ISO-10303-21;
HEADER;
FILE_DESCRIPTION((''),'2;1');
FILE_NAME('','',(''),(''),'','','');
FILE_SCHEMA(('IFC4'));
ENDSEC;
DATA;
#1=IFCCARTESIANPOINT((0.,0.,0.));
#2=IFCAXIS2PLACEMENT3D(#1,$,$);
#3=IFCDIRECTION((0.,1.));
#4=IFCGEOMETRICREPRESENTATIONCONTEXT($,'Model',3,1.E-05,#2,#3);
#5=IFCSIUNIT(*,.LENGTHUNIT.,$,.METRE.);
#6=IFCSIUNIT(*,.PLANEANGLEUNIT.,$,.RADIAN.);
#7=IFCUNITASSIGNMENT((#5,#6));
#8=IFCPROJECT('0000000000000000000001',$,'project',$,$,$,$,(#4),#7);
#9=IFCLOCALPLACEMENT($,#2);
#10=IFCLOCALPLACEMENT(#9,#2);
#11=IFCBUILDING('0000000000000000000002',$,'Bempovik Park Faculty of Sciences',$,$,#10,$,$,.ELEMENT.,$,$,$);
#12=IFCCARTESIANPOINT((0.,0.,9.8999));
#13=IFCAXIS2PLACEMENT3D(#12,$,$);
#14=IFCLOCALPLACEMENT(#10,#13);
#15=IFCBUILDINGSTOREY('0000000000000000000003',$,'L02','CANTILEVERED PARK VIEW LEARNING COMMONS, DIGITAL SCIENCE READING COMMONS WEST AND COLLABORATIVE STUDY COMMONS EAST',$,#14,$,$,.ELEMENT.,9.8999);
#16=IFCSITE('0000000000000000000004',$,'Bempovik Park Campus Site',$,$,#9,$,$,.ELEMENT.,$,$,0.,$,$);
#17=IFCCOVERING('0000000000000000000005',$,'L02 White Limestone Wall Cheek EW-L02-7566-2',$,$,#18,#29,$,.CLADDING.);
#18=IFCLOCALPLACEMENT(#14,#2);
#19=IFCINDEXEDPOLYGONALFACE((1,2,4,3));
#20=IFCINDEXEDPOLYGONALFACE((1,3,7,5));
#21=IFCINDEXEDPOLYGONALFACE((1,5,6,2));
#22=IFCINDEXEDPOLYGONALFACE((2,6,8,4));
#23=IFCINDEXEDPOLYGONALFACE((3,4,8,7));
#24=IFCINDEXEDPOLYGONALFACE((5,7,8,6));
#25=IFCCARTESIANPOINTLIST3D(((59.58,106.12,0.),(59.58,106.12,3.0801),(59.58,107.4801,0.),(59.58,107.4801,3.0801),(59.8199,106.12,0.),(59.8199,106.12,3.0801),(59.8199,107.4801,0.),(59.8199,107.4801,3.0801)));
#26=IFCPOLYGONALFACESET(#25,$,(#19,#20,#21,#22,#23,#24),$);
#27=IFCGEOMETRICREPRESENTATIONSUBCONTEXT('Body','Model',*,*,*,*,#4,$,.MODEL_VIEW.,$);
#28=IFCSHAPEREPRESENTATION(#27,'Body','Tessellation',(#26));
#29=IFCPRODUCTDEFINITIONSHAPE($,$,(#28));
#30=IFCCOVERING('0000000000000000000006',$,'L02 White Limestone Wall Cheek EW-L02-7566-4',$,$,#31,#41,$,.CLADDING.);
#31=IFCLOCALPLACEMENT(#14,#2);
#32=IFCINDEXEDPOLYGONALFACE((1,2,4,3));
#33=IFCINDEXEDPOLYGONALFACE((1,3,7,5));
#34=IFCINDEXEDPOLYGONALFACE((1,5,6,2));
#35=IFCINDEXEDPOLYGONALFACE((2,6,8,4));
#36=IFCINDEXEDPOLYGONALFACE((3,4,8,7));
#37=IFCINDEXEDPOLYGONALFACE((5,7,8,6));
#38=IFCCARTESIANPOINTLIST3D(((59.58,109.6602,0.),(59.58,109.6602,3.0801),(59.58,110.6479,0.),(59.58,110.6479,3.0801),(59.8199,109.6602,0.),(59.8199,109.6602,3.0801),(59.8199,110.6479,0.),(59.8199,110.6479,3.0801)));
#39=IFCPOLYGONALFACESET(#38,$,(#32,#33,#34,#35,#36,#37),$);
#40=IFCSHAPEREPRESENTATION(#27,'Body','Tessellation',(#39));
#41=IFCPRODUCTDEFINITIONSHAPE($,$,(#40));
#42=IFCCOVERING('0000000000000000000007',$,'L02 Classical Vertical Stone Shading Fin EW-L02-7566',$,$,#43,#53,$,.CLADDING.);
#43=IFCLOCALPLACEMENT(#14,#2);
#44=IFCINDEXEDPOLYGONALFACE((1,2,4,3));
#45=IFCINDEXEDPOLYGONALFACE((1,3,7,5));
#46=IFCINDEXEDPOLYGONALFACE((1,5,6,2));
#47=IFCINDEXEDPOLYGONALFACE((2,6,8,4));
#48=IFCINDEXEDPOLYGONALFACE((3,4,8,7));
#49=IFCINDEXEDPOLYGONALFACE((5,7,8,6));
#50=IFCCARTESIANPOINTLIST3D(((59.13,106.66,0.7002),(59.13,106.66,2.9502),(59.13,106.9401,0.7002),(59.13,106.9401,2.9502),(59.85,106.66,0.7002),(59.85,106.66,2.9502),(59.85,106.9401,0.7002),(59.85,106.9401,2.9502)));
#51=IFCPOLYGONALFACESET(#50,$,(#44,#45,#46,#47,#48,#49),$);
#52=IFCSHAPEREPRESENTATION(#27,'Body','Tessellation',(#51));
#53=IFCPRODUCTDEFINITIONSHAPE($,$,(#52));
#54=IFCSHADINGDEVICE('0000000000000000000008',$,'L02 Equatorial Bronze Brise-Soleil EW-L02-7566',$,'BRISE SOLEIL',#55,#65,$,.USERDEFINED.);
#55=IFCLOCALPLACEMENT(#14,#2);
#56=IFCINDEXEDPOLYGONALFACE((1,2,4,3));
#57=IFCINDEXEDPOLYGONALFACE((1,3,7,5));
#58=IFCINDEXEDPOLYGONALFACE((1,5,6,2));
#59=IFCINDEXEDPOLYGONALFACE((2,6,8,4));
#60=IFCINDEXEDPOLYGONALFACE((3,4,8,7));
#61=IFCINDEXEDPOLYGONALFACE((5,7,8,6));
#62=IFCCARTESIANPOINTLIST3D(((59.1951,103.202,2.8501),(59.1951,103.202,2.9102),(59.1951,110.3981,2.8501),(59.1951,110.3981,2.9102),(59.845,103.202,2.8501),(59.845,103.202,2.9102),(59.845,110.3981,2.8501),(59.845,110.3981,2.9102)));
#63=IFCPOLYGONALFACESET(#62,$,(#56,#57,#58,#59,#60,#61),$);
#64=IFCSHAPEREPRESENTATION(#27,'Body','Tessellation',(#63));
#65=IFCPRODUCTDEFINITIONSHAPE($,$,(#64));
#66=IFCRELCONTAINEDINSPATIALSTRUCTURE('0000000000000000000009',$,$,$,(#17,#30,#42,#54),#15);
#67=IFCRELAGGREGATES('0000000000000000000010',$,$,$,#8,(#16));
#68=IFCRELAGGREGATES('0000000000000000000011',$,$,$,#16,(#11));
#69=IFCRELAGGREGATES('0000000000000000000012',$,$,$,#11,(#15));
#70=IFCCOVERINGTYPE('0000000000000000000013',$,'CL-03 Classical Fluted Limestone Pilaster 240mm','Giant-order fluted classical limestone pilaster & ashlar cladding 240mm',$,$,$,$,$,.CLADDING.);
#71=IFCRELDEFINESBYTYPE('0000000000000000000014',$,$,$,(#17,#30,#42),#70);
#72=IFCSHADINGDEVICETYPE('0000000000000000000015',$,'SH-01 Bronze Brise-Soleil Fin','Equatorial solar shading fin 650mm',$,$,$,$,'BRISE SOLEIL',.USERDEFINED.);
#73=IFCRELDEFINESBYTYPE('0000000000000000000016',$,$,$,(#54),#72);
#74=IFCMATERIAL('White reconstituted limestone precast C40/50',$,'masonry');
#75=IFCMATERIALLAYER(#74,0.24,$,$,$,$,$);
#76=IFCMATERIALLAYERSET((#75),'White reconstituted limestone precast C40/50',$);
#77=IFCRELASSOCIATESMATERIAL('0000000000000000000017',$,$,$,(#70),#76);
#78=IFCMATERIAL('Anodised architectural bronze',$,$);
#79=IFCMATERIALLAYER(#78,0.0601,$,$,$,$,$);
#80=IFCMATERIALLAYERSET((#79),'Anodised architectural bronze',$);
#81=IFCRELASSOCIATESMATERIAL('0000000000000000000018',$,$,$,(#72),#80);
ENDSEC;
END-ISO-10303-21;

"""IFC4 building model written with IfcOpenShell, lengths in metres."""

from ifc_helpers import new_model, si_unit, direction, frame, origin, origin_2d, place, context, subcontext, project, spatial, rectangle, extrude, material, layer, layer_set, type_object, element, save


model = new_model("IFC4")

# Units and contexts
model_context = context("Model", 3, precision=1e-05, world=origin(), true_north=direction((0.0, 1.0)))
body_context = subcontext(model_context, "Body", "Model", "MODEL_VIEW")
ifc_project = project(units=[si_unit("LENGTHUNIT", "METRE"), si_unit("PLANEANGLEUNIT", "RADIAN")], contexts=[model_context])

# Site, building, storey
site_placement = place(None, origin())
site = spatial("IfcSite", under=ifc_project, at=site_placement, Name="Bempovik Park Campus Site", CompositionType="ELEMENT", RefElevation=0.0)
building_placement = place(site_placement, origin())
building = spatial("IfcBuilding", under=site, at=building_placement, Name="Bempovik Park Faculty of Sciences", CompositionType="ELEMENT")
storey_placement = place(building_placement, frame((0.0, 0.0, 9.8999)))
storey = spatial("IfcBuildingStorey", under=building, at=storey_placement, Name="L02", Description="CANTILEVERED PARK VIEW LEARNING COMMONS, DIGITAL SCIENCE READING COMMONS WEST AND COLLABORATIVE STUDY COMMONS EAST", CompositionType="ELEMENT", Elevation=9.8999)

# Coverings
ifc_material_1 = material(Name="White reconstituted limestone precast C40/50", Category="masonry")
ifc_layer_1 = layer(ifc_material_1, 0.24)
ifc_layer_set_1 = layer_set([ifc_layer_1], Name="White reconstituted limestone precast C40/50")
covering_type_1 = type_object("IfcCoveringType", Name="CL-03 Classical Fluted Limestone Pilaster 240mm", Description="Giant-order fluted classical limestone pilaster & ashlar cladding 240mm", PredefinedType="CLADDING", material=ifc_layer_set_1)
covering_1_placement = place(storey_placement, frame((59.7, 106.8, 0.0), z_axis=(0.0, 0.0, 1.0), x_axis=(1.0, 0.0, 0.0)))
element("IfcCovering", 1, at=covering_1_placement, inside=storey, type_object=covering_type_1, Name="L02 White Limestone Wall Cheek EW-L02-7566-2", PredefinedType="CLADDING", context=body_context, shape_type="SweptSolid", body=[
    extrude(rectangle(XDim=0.24, YDim=1.3601, at=origin_2d()), origin(), (0.0, 0.0, 1.0), 3.0801),
])
covering_2_placement = place(storey_placement, frame((59.7, 110.1541, 0.0), z_axis=(0.0, 0.0, 1.0), x_axis=(1.0, 0.0, 0.0)))
element("IfcCovering", 2, at=covering_2_placement, inside=storey, type_object=covering_type_1, Name="L02 White Limestone Wall Cheek EW-L02-7566-4", PredefinedType="CLADDING", context=body_context, shape_type="SweptSolid", body=[
    extrude(rectangle(XDim=0.24, YDim=0.9878, at=origin_2d()), origin(), (0.0, 0.0, 1.0), 3.0801),
])
covering_3_placement = place(storey_placement, frame((59.49, 106.8, 0.7002), z_axis=(0.0, 0.0, 1.0), x_axis=(1.0, 0.0, 0.0)))
element("IfcCovering", 3, at=covering_3_placement, inside=storey, type_object=covering_type_1, Name="L02 Classical Vertical Stone Shading Fin EW-L02-7566", PredefinedType="CLADDING", context=body_context, shape_type="SweptSolid", body=[
    extrude(rectangle(XDim=0.72, YDim=0.28, at=origin_2d()), origin(), (0.0, 0.0, 1.0), 2.25),
])

# Shading device
ifc_material_2 = material(Name="Anodised architectural bronze")
ifc_layer_2 = layer(ifc_material_2, 0.0601)
ifc_layer_set_2 = layer_set([ifc_layer_2], Name="Anodised architectural bronze")
shading_device_type = type_object("IfcShadingDeviceType", Name="SH-01 Bronze Brise-Soleil Fin", Description="Equatorial solar shading fin 650mm", ElementType="BRISE SOLEIL", PredefinedType="USERDEFINED", material=ifc_layer_set_2)
shading_device_placement = place(storey_placement, frame((59.52, 106.8, 2.8501), z_axis=(0.0, 0.0, 1.0), x_axis=(1.0, 0.0, 0.0)))
element("IfcShadingDevice", 4, at=shading_device_placement, inside=storey, type_object=shading_device_type, Name="L02 Equatorial Bronze Brise-Soleil EW-L02-7566", ObjectType="BRISE SOLEIL", PredefinedType="USERDEFINED", context=body_context, shape_type="SweptSolid", body=[
    extrude(rectangle(XDim=0.6499, YDim=7.196, at=origin_2d()), origin(), (0.0, 0.0, 1.0), 0.0601),
])

save(model, "model.ifc")
